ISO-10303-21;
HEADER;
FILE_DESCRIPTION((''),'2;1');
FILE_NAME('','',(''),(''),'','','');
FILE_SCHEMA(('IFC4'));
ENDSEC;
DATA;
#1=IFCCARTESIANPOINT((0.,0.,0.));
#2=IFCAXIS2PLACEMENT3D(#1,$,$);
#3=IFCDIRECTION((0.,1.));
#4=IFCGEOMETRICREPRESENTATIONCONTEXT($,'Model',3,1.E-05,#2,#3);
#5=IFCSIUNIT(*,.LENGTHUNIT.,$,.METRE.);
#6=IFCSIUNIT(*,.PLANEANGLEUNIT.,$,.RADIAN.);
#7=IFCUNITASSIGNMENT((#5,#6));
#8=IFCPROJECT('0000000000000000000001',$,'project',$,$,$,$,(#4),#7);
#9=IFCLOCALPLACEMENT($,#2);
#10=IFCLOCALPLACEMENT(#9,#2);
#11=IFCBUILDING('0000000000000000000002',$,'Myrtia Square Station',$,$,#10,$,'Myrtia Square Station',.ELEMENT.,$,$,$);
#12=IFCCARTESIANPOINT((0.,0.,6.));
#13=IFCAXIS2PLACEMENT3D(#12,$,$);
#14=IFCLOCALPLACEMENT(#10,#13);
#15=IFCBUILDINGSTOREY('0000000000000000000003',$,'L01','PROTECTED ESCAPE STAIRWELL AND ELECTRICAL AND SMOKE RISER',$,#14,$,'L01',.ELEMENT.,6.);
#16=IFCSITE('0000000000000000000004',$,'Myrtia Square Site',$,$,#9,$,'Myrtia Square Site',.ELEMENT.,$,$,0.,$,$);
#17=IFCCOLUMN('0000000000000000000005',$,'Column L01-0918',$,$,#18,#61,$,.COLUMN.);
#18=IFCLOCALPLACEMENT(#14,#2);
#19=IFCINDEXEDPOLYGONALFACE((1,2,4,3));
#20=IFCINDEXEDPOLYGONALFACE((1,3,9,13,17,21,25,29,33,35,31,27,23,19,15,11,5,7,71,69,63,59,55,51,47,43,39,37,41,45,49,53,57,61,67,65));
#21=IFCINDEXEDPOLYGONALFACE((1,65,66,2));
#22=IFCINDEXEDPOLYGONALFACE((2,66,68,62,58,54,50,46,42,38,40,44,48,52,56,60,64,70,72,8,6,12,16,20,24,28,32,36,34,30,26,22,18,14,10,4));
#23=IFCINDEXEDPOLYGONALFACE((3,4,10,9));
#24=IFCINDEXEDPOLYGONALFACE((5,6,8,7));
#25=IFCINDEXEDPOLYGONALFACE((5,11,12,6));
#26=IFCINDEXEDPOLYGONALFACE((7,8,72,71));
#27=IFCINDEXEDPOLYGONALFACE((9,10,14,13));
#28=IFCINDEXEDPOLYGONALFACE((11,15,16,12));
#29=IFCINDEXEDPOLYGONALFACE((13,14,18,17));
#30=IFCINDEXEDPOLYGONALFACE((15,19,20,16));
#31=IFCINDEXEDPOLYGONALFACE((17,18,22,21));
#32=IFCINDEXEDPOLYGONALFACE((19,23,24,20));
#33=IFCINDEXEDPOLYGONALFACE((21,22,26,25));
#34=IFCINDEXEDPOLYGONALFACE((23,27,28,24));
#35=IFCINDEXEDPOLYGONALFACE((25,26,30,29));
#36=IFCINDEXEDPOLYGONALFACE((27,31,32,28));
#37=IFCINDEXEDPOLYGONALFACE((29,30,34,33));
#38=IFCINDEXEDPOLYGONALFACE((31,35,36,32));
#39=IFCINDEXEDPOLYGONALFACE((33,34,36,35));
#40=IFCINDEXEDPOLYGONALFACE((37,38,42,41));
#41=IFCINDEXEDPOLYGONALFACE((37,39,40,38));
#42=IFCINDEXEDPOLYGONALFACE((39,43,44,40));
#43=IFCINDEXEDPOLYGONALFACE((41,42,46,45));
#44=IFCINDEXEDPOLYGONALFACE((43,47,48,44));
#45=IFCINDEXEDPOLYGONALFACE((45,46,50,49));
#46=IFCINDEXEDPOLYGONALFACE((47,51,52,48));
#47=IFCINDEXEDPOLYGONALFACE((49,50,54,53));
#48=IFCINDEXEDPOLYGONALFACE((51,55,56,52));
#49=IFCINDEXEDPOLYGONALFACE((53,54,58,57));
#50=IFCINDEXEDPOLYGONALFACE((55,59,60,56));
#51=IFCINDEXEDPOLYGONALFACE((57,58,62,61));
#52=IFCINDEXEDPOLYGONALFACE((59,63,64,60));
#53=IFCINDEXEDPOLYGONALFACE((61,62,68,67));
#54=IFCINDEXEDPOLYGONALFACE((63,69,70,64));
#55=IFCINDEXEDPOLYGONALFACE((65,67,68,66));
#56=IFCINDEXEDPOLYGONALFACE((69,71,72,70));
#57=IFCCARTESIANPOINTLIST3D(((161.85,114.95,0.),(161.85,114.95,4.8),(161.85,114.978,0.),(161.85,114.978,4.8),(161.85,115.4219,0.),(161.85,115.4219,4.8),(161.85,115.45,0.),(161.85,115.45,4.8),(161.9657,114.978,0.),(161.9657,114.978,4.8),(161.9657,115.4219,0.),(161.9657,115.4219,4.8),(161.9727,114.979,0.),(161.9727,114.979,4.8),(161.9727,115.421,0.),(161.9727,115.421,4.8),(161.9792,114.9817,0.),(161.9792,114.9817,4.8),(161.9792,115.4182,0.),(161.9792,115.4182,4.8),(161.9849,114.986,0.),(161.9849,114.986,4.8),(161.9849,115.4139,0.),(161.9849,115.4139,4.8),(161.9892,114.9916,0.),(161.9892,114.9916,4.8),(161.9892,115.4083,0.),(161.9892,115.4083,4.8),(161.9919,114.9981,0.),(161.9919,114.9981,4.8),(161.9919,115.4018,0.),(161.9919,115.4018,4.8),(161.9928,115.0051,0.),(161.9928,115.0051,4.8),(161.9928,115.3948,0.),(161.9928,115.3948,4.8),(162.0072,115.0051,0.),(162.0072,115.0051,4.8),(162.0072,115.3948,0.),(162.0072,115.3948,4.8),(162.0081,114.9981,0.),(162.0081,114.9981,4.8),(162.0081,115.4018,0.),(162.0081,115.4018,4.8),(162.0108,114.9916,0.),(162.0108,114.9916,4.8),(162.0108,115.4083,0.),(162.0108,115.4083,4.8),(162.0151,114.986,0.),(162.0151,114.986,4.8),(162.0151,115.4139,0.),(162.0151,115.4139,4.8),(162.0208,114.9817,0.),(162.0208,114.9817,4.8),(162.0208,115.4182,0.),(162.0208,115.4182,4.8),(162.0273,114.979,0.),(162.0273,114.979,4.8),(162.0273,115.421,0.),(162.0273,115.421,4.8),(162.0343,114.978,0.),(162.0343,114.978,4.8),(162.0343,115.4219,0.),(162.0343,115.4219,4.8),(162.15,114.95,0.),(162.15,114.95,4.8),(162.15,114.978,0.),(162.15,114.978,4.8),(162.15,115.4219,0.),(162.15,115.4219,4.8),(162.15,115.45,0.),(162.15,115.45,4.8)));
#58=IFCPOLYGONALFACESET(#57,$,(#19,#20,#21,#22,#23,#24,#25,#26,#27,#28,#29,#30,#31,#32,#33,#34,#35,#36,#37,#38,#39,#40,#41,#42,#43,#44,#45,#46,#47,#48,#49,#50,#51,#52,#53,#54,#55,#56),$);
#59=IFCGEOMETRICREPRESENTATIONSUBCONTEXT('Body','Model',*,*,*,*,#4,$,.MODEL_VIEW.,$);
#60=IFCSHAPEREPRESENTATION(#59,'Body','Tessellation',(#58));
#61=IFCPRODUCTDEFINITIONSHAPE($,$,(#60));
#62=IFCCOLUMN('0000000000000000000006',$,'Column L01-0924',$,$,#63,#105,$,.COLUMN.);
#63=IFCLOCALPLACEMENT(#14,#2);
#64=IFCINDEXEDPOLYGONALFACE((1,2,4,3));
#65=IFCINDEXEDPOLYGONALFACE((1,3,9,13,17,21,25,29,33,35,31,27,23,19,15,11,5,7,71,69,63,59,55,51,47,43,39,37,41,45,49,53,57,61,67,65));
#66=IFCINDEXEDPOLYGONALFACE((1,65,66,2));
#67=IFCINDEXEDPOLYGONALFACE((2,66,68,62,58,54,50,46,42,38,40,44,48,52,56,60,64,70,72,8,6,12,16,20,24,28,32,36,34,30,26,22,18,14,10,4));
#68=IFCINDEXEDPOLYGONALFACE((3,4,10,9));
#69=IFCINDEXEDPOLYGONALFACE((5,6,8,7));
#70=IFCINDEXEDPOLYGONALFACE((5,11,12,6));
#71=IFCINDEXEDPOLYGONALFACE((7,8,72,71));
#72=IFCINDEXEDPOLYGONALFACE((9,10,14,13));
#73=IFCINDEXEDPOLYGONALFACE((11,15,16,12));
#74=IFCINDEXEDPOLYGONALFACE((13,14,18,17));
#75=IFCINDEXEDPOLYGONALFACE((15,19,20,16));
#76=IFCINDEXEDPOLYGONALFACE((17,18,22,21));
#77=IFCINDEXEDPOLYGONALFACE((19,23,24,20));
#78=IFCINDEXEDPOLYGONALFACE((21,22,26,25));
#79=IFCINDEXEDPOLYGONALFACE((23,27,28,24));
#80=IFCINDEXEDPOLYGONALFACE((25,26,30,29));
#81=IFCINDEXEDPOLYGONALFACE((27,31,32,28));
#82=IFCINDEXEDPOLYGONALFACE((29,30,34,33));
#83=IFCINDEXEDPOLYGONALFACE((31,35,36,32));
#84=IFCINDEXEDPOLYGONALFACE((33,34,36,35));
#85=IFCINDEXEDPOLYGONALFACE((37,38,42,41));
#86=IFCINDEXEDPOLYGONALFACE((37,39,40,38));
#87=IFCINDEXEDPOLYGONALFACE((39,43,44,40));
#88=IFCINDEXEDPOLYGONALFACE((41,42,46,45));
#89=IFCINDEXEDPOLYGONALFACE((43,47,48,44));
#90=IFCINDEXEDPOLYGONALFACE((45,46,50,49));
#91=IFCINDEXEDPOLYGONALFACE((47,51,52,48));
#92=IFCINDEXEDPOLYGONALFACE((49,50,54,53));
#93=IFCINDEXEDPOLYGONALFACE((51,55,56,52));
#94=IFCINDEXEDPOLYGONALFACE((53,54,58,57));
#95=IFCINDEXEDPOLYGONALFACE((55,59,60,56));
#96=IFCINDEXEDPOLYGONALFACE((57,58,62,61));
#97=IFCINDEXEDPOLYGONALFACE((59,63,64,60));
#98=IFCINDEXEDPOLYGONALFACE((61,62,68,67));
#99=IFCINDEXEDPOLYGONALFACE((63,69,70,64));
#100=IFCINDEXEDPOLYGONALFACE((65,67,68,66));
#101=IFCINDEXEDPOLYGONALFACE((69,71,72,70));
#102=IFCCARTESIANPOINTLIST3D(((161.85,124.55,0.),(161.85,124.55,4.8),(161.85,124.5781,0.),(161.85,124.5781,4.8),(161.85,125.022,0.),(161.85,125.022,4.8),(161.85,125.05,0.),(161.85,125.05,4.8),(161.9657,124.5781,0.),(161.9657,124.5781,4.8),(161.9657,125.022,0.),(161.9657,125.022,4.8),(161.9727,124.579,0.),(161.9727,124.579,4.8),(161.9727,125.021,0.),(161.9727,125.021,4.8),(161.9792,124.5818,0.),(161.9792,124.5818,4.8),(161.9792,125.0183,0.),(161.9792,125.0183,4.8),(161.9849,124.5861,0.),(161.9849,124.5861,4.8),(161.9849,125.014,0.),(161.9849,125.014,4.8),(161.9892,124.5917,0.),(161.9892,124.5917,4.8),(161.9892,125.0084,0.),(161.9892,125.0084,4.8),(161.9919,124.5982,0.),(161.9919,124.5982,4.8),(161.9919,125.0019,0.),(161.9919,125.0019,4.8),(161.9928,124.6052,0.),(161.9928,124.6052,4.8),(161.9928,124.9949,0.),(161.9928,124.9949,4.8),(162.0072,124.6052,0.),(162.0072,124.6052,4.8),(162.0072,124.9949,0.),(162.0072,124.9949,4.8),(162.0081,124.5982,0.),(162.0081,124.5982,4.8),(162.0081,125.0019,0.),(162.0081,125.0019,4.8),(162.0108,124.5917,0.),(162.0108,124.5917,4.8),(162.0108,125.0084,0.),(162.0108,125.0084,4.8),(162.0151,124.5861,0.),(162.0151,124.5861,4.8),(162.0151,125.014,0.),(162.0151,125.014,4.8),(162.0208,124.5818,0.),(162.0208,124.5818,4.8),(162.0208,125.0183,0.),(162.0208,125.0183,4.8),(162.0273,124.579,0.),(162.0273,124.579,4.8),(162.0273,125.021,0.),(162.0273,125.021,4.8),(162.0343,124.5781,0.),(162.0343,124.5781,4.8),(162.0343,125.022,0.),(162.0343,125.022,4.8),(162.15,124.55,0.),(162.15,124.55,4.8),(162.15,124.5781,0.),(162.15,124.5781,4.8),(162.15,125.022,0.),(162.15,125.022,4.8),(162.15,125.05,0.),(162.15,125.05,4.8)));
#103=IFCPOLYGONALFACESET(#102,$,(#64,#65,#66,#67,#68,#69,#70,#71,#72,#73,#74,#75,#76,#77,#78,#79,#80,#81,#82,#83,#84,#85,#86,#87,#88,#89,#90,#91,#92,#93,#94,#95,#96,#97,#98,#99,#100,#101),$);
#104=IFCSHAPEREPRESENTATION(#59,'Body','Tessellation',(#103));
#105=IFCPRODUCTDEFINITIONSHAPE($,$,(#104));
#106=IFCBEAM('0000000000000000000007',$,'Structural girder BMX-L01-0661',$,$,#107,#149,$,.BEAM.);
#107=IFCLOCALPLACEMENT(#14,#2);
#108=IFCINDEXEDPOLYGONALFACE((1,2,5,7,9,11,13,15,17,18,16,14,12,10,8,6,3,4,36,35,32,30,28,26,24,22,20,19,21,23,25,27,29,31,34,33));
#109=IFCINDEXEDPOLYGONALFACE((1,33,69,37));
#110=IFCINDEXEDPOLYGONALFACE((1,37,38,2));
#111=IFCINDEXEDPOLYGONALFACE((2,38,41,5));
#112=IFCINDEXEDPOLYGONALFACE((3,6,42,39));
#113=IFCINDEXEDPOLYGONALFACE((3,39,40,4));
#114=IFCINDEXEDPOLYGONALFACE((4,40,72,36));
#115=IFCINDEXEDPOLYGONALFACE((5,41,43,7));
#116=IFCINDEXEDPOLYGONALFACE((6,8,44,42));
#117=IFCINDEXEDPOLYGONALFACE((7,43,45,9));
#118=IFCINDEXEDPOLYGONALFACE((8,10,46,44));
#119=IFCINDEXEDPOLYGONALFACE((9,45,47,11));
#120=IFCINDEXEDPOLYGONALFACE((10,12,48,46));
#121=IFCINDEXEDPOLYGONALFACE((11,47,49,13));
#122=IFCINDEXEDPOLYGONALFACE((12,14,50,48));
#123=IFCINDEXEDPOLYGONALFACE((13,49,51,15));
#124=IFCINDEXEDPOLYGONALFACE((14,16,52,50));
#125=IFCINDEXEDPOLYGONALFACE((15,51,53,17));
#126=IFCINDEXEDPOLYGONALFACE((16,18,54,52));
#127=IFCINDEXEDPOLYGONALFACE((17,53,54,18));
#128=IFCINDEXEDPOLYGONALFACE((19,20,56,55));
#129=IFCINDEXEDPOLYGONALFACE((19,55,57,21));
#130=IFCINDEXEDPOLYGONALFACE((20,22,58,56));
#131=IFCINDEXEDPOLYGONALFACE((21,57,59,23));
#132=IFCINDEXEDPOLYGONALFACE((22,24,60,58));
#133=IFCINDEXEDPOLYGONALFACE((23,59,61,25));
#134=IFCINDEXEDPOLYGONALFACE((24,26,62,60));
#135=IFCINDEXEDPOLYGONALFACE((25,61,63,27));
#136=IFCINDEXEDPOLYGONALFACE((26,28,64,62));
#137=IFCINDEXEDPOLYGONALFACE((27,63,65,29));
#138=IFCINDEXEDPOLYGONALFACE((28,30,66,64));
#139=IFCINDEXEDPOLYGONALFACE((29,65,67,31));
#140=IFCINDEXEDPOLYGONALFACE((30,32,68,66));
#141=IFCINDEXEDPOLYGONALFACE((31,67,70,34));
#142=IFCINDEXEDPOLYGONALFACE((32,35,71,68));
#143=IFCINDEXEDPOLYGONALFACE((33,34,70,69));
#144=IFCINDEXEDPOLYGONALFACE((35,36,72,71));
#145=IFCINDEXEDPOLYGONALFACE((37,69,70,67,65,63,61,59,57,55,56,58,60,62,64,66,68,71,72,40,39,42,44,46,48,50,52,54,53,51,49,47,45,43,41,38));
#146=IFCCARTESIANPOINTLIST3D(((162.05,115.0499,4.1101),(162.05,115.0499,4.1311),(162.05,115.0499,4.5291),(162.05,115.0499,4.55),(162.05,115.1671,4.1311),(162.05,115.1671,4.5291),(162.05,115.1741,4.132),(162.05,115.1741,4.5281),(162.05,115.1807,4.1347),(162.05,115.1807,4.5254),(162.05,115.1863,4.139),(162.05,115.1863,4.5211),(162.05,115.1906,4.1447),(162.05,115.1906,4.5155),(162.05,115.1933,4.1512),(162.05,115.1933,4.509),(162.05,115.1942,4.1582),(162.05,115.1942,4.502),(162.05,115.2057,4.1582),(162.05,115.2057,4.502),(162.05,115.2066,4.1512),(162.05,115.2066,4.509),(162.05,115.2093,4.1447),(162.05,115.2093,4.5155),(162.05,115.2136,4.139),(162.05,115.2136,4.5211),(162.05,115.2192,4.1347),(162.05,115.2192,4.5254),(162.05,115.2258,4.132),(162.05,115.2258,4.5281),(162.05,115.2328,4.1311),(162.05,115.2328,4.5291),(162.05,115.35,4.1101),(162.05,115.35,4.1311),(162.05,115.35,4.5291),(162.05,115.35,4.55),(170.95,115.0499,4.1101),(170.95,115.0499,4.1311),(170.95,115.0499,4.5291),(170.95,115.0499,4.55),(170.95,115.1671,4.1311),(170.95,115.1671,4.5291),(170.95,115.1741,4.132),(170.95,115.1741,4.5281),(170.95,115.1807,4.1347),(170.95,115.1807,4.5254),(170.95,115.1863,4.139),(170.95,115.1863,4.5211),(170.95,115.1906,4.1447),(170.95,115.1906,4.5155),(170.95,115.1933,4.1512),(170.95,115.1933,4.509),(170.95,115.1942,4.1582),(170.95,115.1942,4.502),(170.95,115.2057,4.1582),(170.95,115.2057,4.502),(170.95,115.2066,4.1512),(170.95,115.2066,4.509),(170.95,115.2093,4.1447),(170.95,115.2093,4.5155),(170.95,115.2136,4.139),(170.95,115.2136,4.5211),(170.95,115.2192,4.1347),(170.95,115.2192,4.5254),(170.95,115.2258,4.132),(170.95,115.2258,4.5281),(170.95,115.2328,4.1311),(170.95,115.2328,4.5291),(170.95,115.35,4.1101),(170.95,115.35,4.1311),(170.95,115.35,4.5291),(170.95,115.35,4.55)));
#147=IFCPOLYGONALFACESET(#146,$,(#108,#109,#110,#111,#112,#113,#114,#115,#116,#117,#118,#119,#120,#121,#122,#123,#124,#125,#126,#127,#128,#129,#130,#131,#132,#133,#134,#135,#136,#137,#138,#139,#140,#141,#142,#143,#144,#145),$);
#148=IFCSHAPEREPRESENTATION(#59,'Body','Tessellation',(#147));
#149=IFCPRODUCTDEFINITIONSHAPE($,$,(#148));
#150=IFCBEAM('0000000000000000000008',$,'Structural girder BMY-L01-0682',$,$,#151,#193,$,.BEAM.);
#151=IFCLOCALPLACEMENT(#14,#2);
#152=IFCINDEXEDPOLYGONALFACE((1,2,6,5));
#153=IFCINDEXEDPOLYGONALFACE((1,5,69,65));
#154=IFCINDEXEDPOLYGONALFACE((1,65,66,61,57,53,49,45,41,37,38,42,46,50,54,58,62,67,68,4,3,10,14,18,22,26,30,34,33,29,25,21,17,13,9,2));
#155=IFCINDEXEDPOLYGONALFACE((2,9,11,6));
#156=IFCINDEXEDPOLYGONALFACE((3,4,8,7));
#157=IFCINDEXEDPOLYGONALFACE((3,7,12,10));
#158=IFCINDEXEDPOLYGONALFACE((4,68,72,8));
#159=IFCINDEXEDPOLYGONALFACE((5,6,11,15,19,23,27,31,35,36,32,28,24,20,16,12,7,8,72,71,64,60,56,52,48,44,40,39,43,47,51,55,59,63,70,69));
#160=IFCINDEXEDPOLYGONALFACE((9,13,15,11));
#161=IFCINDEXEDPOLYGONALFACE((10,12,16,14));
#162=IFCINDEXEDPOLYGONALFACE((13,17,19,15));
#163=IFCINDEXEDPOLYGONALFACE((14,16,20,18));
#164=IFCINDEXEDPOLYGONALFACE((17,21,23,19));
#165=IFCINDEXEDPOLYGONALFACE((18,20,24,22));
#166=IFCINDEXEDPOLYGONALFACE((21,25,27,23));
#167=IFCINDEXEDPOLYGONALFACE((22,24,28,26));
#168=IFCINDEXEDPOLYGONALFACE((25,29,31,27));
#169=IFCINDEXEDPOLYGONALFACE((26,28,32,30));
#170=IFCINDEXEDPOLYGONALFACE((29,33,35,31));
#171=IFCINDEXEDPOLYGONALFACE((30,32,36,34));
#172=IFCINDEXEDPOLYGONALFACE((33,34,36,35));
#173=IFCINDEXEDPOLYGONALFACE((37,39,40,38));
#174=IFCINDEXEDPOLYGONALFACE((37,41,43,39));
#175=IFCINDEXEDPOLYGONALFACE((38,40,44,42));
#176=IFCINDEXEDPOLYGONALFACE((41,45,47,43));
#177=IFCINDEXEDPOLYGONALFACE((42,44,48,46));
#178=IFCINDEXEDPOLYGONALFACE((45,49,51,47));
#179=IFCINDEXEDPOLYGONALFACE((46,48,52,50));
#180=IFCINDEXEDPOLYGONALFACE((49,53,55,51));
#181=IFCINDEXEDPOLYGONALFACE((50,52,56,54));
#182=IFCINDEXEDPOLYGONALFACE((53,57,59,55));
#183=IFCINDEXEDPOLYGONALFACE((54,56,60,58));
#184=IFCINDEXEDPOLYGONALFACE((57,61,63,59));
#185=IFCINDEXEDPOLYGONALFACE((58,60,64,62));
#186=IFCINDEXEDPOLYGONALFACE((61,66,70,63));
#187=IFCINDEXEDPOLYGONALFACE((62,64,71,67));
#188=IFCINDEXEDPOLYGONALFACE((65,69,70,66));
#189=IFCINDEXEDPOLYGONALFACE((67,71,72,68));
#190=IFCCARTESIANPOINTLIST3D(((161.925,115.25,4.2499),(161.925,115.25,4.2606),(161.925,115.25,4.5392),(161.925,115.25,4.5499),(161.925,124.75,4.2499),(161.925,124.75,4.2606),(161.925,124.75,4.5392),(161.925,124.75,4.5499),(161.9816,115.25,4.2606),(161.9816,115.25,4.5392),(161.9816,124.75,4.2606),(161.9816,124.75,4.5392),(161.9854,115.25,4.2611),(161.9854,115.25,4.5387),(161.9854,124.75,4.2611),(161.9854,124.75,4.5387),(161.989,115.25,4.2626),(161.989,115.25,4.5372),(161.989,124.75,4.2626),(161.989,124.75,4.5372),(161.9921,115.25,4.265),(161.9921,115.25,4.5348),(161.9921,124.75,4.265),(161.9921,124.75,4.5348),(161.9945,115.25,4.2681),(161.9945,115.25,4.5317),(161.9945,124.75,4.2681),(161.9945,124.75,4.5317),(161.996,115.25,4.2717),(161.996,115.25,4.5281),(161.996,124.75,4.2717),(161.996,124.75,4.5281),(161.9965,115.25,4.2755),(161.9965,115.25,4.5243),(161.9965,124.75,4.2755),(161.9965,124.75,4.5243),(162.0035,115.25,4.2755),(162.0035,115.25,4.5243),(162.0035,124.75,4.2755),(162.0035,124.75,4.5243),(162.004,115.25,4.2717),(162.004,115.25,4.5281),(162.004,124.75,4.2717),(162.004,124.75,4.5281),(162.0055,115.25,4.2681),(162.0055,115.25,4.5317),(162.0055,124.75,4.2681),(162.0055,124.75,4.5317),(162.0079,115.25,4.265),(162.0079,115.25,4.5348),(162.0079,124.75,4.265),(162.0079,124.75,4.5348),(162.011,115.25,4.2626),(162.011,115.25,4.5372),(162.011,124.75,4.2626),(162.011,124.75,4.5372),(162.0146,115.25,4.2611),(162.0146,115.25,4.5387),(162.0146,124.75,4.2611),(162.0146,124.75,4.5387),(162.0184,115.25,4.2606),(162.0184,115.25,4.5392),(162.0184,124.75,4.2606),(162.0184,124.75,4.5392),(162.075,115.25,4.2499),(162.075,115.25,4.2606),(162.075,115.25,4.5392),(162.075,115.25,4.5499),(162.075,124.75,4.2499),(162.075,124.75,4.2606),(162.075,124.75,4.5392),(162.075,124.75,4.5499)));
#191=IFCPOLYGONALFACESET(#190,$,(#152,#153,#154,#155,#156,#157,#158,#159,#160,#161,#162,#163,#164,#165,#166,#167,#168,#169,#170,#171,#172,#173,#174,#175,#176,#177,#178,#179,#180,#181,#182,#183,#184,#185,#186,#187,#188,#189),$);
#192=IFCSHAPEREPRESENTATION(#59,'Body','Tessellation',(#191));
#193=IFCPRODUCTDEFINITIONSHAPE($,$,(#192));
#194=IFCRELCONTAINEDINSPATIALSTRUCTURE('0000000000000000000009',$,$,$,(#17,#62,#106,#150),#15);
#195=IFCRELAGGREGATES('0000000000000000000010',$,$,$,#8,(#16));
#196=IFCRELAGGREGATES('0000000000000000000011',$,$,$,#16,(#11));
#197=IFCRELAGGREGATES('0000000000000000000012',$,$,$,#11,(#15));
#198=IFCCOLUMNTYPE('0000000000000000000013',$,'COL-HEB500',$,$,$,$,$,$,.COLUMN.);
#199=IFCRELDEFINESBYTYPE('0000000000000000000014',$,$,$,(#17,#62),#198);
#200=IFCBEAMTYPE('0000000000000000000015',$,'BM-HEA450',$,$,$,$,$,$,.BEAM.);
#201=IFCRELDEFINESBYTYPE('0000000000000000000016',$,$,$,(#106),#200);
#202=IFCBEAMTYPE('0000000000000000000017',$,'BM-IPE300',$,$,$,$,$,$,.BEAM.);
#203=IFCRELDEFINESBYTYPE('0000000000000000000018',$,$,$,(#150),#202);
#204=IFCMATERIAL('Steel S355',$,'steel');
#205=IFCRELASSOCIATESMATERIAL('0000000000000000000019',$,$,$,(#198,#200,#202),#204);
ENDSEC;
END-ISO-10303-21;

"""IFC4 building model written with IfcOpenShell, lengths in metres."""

from ifc_helpers import new_model, si_unit, direction, frame, origin, origin_2d, place, context, subcontext, project, spatial, i_section, extrude, material, material_profile, profile_set, type_object, element, save


model = new_model("IFC4")

# Units and contexts
model_context = context("Model", 3, precision=1e-05, world=origin(), true_north=direction((0.0, 1.0)))
body_context = subcontext(model_context, "Body", "Model", "MODEL_VIEW")
ifc_project = project(units=[si_unit("LENGTHUNIT", "METRE"), si_unit("PLANEANGLEUNIT", "RADIAN")], contexts=[model_context])

# Site, building, storey
site_placement = place(None, origin())
site = spatial("IfcSite", under=ifc_project, at=site_placement, Name="Myrtia Square Site", LongName="Myrtia Square Site", CompositionType="ELEMENT", RefElevation=0.0)
building_placement = place(site_placement, origin())
building = spatial("IfcBuilding", under=site, at=building_placement, Name="Myrtia Square Station", LongName="Myrtia Square Station", CompositionType="ELEMENT")
storey_placement = place(building_placement, frame((0.0, 0.0, 6.0)))
storey = spatial("IfcBuildingStorey", under=building, at=storey_placement, Name="L01", Description="PROTECTED ESCAPE STAIRWELL AND ELECTRICAL AND SMOKE RISER", LongName="L01", CompositionType="ELEMENT", Elevation=6.0)

# Columns
ifc_material_1 = material(Name="Steel S355", Category="steel")
ifc_material_profile_1 = material_profile(ifc_material_1, i_section(OverallWidth=0.3, OverallDepth=0.5, WebThickness=0.0144, FlangeThickness=0.0281, FilletRadius=0.0271, at=origin_2d()), Name="HEB 500")
ifc_profile_set_1 = profile_set([ifc_material_profile_1], Name="Steel S355")
column_type = type_object("IfcColumnType", Name="COL-HEB500", PredefinedType="COLUMN", material=ifc_profile_set_1)
for number, where, z_axis, x_axis, name in (
    (1, (162.0, 115.2, 0.0), (0.0, 0.0, 1.0), (1.0, 0.0, 0.0), "Column L01-0918"),
    (2, (162.0, 124.8, 0.0), (0.0, 0.0, 1.0), (1.0, 0.0, 0.0), "Column L01-0924"),
):
    element("IfcColumn", number, at=place(storey_placement, frame(where, z_axis=z_axis, x_axis=x_axis)), inside=storey, type_object=column_type, Name=name, PredefinedType="COLUMN", context=body_context, shape_type="SweptSolid", body=[
        extrude(i_section(OverallWidth=0.3, OverallDepth=0.5, WebThickness=0.0144, FlangeThickness=0.0281, FilletRadius=0.0271, at=origin_2d()), origin(), (0.0, 0.0, 1.0), 4.8),
    ])

# Beams
ifc_material_profile_2 = material_profile(ifc_material_1, i_section(OverallWidth=0.3, OverallDepth=0.4399, WebThickness=0.0115, FlangeThickness=0.021, FilletRadius=0.0271, at=origin_2d()), Name="HEA 450")
ifc_profile_set_2 = profile_set([ifc_material_profile_2], Name="Steel S355")
beam_type_1 = type_object("IfcBeamType", Name="BM-HEA450", PredefinedType="BEAM", material=ifc_profile_set_2)
beam_1_placement = place(storey_placement, frame((162.05, 115.2, 4.3301), z_axis=(1.0, 0.0, 0.0), x_axis=(0.0, 1.0, 0.0)))
element("IfcBeam", 3, at=beam_1_placement, inside=storey, type_object=beam_type_1, Name="Structural girder BMX-L01-0661", PredefinedType="BEAM", context=body_context, shape_type="SweptSolid", body=[
    extrude(i_section(OverallWidth=0.3, OverallDepth=0.4399, WebThickness=0.0115, FlangeThickness=0.021, FilletRadius=0.0271, at=origin_2d()), origin(), (0.0, 0.0, 1.0), 8.8999),
])
ifc_material_profile_3 = material_profile(ifc_material_1, i_section(OverallWidth=0.1499, OverallDepth=0.3, WebThickness=0.0071, FlangeThickness=0.0107, FilletRadius=0.0149, at=origin_2d()), Name="IPE 300")
ifc_profile_set_3 = profile_set([ifc_material_profile_3], Name="Steel S355")
beam_type_2 = type_object("IfcBeamType", Name="BM-IPE300", PredefinedType="BEAM", material=ifc_profile_set_3)
beam_2_placement = place(storey_placement, frame((162.0, 115.25, 4.3999), z_axis=(0.0, 1.0, 0.0), x_axis=(-1.0, 0.0, 0.0)))
element("IfcBeam", 4, at=beam_2_placement, inside=storey, type_object=beam_type_2, Name="Structural girder BMY-L01-0682", PredefinedType="BEAM", context=body_context, shape_type="SweptSolid", body=[
    extrude(i_section(OverallWidth=0.1499, OverallDepth=0.3, WebThickness=0.0071, FlangeThickness=0.0107, FilletRadius=0.0149, at=origin_2d()), origin(), (0.0, 0.0, 1.0), 9.5),
])

save(model, "model.ifc")
